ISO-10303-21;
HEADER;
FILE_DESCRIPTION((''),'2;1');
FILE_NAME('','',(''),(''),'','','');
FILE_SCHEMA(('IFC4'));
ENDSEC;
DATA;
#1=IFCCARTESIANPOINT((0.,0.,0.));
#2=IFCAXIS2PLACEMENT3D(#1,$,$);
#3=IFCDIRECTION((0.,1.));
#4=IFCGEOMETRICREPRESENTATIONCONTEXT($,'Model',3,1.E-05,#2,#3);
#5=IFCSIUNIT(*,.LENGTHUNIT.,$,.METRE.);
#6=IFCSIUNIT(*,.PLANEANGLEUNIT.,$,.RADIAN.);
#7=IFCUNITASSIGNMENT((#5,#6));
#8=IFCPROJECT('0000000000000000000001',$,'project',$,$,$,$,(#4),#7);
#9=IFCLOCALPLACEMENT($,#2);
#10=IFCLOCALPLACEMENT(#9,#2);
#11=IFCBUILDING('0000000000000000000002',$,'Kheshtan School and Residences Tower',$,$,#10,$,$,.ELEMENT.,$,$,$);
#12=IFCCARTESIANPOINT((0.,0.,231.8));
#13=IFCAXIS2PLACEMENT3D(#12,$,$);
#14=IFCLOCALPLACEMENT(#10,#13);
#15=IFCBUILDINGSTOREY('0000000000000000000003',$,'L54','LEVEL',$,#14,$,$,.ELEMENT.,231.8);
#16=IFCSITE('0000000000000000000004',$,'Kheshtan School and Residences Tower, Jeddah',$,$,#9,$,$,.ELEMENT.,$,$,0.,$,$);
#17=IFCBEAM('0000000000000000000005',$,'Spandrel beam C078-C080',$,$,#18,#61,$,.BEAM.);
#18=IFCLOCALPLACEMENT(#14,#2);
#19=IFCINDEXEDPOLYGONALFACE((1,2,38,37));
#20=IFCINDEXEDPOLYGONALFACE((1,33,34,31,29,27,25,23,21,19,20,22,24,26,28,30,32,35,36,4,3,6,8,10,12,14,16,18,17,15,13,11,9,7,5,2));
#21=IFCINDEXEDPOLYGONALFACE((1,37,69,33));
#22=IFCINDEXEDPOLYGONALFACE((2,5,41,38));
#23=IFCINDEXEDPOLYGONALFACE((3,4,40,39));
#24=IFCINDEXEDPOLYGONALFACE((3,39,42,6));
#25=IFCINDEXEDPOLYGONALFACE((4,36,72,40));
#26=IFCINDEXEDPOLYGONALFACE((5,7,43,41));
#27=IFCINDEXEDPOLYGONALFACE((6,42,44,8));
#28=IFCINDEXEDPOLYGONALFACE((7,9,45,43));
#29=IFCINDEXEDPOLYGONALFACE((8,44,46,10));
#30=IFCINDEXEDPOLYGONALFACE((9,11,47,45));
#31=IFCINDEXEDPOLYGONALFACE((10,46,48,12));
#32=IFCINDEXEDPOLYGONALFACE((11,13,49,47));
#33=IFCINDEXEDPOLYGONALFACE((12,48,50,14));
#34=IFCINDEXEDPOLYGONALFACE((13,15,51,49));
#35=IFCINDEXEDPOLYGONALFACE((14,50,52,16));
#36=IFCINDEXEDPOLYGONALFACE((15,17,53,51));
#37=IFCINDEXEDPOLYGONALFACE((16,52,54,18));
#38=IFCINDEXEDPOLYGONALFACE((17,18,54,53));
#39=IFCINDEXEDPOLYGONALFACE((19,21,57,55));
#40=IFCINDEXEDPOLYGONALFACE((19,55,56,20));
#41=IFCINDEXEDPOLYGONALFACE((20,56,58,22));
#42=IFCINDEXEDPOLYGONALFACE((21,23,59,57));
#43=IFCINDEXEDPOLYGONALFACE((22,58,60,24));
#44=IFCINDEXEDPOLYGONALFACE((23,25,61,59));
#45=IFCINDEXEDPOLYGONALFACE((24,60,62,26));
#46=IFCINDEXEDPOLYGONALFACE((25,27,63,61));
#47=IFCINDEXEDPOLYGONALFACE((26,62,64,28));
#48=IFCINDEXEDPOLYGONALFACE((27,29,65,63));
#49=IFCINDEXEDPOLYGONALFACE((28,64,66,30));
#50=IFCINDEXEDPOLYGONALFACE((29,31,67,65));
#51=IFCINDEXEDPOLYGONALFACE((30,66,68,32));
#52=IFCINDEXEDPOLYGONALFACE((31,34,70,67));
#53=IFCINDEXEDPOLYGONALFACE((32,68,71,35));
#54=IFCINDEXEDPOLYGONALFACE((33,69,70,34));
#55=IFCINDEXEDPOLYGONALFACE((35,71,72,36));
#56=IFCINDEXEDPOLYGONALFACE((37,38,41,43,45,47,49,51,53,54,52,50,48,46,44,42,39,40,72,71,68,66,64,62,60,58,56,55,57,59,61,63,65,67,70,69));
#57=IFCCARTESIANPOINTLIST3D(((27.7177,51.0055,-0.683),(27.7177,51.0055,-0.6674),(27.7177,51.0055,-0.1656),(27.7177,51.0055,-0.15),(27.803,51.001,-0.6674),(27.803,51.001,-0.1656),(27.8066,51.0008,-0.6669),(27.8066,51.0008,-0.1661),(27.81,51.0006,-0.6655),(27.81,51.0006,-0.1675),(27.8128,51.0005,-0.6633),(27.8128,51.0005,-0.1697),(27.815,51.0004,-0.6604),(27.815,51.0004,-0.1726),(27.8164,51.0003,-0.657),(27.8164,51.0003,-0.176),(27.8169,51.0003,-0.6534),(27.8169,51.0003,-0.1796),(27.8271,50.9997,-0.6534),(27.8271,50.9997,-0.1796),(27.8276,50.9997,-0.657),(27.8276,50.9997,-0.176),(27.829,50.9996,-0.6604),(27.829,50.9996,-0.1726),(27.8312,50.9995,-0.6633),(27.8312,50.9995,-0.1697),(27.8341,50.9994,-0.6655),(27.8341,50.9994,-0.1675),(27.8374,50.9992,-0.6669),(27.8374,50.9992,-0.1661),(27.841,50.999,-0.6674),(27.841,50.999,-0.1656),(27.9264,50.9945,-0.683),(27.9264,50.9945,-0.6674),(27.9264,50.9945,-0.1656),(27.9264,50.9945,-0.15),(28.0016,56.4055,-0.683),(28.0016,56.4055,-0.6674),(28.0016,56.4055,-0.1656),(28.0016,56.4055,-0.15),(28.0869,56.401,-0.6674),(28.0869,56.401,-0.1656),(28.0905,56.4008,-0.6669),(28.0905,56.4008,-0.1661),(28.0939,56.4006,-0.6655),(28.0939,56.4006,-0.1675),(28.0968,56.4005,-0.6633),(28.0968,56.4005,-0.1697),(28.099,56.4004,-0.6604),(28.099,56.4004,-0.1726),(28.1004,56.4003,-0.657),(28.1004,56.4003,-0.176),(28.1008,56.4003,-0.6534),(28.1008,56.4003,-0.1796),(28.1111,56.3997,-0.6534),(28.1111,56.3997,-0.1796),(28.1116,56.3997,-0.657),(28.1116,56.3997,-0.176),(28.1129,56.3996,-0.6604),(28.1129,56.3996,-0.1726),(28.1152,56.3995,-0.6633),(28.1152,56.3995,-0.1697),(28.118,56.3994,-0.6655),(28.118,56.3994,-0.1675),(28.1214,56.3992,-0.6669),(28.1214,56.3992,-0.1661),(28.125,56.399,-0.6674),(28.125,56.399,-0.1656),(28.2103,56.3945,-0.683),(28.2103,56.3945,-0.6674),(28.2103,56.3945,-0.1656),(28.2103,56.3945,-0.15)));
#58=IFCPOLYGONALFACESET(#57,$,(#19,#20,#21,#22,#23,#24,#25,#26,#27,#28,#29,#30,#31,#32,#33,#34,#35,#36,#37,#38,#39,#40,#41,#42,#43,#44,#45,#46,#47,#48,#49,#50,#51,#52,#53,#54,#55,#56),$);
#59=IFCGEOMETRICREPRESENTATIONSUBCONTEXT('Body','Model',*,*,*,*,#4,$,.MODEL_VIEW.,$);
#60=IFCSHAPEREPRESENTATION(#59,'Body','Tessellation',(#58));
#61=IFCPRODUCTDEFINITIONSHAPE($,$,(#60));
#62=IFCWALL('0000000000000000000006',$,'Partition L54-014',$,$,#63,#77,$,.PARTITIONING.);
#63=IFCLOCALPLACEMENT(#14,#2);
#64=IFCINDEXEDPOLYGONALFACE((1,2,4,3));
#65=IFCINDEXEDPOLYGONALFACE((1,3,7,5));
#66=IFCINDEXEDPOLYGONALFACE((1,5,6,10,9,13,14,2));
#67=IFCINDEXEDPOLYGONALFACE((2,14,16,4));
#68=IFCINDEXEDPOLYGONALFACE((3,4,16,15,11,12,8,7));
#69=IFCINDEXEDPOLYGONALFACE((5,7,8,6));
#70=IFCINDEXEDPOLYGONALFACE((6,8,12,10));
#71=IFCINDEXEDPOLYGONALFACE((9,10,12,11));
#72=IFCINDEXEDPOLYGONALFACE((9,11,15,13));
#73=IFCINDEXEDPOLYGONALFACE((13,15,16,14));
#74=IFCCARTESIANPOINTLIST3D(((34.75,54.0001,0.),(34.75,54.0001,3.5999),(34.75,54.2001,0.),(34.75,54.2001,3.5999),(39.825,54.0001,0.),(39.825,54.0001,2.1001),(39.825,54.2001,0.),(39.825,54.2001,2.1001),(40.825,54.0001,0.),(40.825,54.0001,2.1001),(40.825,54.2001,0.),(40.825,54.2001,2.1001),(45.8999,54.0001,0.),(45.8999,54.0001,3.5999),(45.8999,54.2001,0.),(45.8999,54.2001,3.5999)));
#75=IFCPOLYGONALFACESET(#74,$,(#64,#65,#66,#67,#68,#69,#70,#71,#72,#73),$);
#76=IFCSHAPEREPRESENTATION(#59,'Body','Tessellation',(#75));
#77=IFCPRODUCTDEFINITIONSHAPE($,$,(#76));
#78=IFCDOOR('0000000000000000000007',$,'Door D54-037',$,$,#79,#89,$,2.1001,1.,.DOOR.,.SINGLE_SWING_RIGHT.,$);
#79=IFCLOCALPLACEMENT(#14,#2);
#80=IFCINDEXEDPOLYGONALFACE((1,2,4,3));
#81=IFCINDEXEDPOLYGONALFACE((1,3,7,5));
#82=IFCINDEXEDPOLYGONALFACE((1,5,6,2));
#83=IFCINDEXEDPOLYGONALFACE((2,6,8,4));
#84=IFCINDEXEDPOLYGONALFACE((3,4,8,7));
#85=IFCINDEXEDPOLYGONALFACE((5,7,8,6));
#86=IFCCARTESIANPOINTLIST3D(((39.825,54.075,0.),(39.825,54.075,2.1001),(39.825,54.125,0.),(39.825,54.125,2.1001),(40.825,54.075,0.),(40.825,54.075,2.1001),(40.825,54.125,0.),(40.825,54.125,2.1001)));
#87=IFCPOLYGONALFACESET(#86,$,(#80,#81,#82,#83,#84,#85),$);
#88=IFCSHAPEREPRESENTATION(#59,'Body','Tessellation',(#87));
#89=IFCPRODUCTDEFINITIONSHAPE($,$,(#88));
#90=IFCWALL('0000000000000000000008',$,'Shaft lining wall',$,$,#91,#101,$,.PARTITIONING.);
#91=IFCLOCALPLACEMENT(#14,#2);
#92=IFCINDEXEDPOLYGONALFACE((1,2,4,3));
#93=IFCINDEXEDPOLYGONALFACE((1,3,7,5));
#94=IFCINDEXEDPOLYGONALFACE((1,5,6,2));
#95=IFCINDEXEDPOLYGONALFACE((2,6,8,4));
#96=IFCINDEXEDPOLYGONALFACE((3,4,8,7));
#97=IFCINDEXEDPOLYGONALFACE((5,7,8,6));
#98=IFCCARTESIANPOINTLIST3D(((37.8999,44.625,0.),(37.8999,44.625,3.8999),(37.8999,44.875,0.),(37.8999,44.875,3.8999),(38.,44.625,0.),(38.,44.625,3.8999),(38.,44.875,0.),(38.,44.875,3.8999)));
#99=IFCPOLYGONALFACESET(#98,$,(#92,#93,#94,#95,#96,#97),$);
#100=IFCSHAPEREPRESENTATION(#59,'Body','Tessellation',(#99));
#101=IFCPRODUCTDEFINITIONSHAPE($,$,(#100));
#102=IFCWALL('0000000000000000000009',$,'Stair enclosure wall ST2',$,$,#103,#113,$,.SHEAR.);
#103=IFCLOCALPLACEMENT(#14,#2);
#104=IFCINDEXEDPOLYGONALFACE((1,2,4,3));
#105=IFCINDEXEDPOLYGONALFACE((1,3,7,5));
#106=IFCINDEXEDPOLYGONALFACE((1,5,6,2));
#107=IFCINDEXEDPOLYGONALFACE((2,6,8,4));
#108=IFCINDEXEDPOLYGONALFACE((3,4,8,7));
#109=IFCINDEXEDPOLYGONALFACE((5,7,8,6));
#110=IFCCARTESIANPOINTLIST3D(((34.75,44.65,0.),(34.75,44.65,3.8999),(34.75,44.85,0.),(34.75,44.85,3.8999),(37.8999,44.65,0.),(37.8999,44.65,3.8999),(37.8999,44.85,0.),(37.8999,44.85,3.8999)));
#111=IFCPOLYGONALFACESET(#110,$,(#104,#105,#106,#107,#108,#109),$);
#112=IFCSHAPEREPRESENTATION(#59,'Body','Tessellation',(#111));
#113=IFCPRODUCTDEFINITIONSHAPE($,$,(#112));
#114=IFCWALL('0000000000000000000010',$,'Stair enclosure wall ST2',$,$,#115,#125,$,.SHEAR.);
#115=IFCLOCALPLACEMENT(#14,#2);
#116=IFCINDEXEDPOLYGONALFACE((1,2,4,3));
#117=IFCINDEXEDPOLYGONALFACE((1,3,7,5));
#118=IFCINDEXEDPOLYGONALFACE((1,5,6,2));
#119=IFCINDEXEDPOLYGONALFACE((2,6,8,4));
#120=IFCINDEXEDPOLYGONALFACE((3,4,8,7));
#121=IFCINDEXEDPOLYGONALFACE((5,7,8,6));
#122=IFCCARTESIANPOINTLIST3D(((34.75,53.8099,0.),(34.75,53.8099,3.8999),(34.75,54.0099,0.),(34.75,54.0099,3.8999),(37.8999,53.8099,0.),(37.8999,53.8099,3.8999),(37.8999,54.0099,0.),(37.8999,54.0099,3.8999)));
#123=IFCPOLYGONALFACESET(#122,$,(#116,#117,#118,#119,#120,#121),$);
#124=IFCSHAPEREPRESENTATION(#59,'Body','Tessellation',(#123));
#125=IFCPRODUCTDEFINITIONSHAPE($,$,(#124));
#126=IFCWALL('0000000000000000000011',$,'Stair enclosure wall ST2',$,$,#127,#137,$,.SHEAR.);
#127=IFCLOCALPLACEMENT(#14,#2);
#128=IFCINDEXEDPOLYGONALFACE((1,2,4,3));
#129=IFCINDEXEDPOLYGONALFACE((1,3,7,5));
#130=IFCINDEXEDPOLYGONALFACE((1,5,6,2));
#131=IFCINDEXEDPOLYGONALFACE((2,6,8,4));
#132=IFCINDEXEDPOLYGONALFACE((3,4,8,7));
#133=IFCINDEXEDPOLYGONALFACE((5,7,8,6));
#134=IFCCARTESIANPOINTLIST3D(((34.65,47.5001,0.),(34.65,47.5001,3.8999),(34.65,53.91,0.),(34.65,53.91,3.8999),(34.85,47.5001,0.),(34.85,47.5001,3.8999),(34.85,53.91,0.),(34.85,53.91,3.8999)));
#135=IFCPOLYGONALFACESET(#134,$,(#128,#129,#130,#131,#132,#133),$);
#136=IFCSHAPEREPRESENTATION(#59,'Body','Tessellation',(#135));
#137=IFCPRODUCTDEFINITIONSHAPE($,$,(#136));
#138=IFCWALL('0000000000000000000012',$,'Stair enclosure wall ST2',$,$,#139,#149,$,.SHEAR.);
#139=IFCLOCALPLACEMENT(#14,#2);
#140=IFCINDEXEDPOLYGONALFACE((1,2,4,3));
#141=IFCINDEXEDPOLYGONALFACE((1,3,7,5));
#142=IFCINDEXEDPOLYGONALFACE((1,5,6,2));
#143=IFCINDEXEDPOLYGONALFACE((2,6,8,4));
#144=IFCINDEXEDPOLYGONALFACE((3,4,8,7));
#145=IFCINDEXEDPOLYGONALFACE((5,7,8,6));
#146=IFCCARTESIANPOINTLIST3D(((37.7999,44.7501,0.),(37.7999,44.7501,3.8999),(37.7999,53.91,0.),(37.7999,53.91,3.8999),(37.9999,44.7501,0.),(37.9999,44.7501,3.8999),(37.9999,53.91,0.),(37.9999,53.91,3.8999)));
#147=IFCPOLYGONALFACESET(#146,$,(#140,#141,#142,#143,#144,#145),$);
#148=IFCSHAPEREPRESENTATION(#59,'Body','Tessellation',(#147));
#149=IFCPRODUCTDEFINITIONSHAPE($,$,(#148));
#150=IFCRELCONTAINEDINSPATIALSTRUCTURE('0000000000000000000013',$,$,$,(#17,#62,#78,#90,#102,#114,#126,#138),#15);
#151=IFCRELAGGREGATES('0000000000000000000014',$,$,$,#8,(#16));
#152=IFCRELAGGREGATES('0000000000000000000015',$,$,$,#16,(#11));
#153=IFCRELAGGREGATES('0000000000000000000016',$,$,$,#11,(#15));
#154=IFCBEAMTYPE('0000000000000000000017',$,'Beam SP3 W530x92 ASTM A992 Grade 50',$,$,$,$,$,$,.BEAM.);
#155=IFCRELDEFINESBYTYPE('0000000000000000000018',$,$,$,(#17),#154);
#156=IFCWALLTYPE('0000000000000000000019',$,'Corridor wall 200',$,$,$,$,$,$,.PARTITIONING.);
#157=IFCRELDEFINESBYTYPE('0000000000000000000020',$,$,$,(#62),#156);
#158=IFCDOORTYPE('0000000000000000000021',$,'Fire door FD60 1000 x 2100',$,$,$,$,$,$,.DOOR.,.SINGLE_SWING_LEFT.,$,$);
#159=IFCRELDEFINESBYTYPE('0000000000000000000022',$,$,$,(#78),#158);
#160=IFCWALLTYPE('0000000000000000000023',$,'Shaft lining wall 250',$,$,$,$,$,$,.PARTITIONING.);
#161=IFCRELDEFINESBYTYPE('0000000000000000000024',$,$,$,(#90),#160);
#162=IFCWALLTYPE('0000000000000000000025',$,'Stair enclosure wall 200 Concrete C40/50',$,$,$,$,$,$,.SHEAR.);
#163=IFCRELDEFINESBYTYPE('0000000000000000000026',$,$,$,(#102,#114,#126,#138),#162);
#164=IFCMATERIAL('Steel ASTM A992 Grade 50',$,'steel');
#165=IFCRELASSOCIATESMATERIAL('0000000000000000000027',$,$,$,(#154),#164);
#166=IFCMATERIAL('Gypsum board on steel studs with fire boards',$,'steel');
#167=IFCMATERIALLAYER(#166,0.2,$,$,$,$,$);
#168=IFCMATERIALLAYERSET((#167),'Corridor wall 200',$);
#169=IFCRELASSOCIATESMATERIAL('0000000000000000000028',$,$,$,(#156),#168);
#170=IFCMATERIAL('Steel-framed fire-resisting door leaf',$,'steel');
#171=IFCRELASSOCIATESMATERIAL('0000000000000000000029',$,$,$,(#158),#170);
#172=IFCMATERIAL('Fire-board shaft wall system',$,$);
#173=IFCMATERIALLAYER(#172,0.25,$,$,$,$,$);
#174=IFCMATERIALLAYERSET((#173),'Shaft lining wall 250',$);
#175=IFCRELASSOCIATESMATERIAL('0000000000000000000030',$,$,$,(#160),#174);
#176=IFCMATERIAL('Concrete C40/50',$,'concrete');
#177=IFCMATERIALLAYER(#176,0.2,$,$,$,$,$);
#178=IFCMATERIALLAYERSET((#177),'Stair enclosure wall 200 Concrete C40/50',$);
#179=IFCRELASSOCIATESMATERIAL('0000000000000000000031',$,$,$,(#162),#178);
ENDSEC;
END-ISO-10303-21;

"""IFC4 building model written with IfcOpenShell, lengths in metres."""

from ifc_helpers import new_model, si_unit, direction, frame, frame_2d, origin, origin_2d, place, context, subcontext, project, spatial, rectangle, i_section, extrude, source, transform, mapped, material, layer, layer_set, material_profile, profile_set, type_object, element, fill, save


model = new_model("IFC4")

# Units and contexts
model_context = context("Model", 3, precision=1e-05, world=origin(), true_north=direction((0.0, 1.0)))
body_context = subcontext(model_context, "Body", "Model", "MODEL_VIEW")
ifc_project = project(units=[si_unit("LENGTHUNIT", "METRE"), si_unit("PLANEANGLEUNIT", "RADIAN")], contexts=[model_context])

# Site, building, storey
site_placement = place(None, origin())
site = spatial("IfcSite", under=ifc_project, at=site_placement, Name="Kheshtan School and Residences Tower, Jeddah", CompositionType="ELEMENT", RefElevation=0.0)
building_placement = place(site_placement, origin())
building = spatial("IfcBuilding", under=site, at=building_placement, Name="Kheshtan School and Residences Tower", CompositionType="ELEMENT")
storey_placement = place(building_placement, frame((0.0, 0.0, 231.8)))
storey = spatial("IfcBuildingStorey", under=building, at=storey_placement, Name="L54", Description="LEVEL", CompositionType="ELEMENT", Elevation=231.8)

# Shared definitions
ifc_material_1 = material(Name="Steel ASTM A992 Grade 50", Category="steel")

# Beam
ifc_material_profile_1 = material_profile(ifc_material_1, i_section(OverallWidth=0.209, OverallDepth=0.533, WebThickness=0.0103, FlangeThickness=0.0156, FilletRadius=0.0139, at=origin_2d()), Name="W530x92")
ifc_profile_set_1 = profile_set([ifc_material_profile_1], Name="Steel ASTM A992 Grade 50")
beam_type = type_object("IfcBeamType", Name="Beam SP3 W530x92 ASTM A992 Grade 50", PredefinedType="BEAM", material=ifc_profile_set_1)
for number, where, z_axis, x_axis, name in (
    (1, (27.822, 51.0, -0.4165), (0.052509, 0.99862, 0.0), (-0.99862, 0.052509, 0.0), "Spandrel beam C078-C080"),
):
    element("IfcBeam", number, at=place(storey_placement, frame(where, z_axis=z_axis, x_axis=x_axis)), inside=storey, type_object=beam_type, Name=name, PredefinedType="BEAM", context=body_context, shape_type="SweptSolid", body=[
        extrude(i_section(OverallWidth=0.209, OverallDepth=0.533, WebThickness=0.0103, FlangeThickness=0.0156, FilletRadius=0.0139, at=origin_2d()), origin(), (0.0, 0.0, 1.0), 5.4075),
    ])

# Wall, opening, door
ifc_material_2 = material(Name="Gypsum board on steel studs with fire boards", Category="steel")
ifc_layer_1 = layer(ifc_material_2, 0.2)
ifc_layer_set_1 = layer_set([ifc_layer_1], Name="Corridor wall 200")
wall_type_1 = type_object("IfcWallType", Name="Corridor wall 200", PredefinedType="PARTITIONING", material=ifc_layer_set_1)
wall_1_placement = place(storey_placement, frame((34.75, 54.1001, 0.0), z_axis=(0.0, 0.0, 1.0), x_axis=(1.0, 0.0, 0.0)))
wall_1 = element("IfcWall", 2, at=wall_1_placement, inside=storey, type_object=wall_type_1, Name="Partition L54-014", PredefinedType="PARTITIONING", context=body_context, shape_type="SweptSolid", body=[
    extrude(rectangle(XDim=11.1499, YDim=0.2, at=frame_2d((5.575, 0.0))), origin(), (0.0, 0.0, 1.0), 3.5999),
])
opening_1_placement = place(wall_1_placement, frame((5.075, 0.0, 0.0)))
opening_1 = element("IfcOpeningElement", 3, at=opening_1_placement, cuts=wall_1, PredefinedType="OPENING", context=body_context, shape_type="SweptSolid", body=[
    extrude(rectangle(XDim=1.0, YDim=2.1001, at=frame_2d((0.5, 1.05))), frame((0.0, 0.1099, 0.0), z_axis=(0.0, -1.0, 0.0), x_axis=(1.0, 0.0, 0.0)), (0.0, 0.0, 1.0), 0.22),
])
ifc_material_3 = material(Name="Steel-framed fire-resisting door leaf", Category="steel")
door_type_1 = type_object("IfcDoorType", Name="Fire door FD60 1000 x 2100", OperationType="SINGLE_SWING_LEFT", PredefinedType="DOOR", material=ifc_material_3)
shared_shape_1 = source(origin(), body_context, "Body", "SweptSolid", [
    extrude(rectangle(XDim=1.0, YDim=2.1001, at=frame_2d((0.5, 1.05))), frame((0.0, 0.0249, 0.0), z_axis=(0.0, -1.0, 0.0), x_axis=(1.0, 0.0, 0.0)), (0.0, 0.0, 1.0), 0.05),
])
door_1_placement = place(opening_1_placement, origin())
door_1 = element("IfcDoor", 4, at=door_1_placement, inside=storey, type_object=door_type_1, Name="Door D54-037", OperationType="SINGLE_SWING_RIGHT", OverallHeight=2.1001, OverallWidth=1.0, PredefinedType="DOOR", context=body_context, shape_type="MappedRepresentation", body=[
    mapped(shared_shape_1, transform((0.0, 0.0, 0.0), x_axis=(1.0, 0.0, 0.0), y_axis=(0.0, 1.0, 0.0), z_axis=(0.0, 0.0, 1.0), scale=1.0)),
])
fill(opening_1, door_1)

# Walls
ifc_material_4 = material(Name="Fire-board shaft wall system")
ifc_layer_2 = layer(ifc_material_4, 0.25)
ifc_layer_set_2 = layer_set([ifc_layer_2], Name="Shaft lining wall 250")
wall_type_2 = type_object("IfcWallType", Name="Shaft lining wall 250", PredefinedType="PARTITIONING", material=ifc_layer_set_2)
wall_2_placement = place(storey_placement, frame((37.8999, 44.75, 0.0), z_axis=(0.0, 0.0, 1.0), x_axis=(1.0, 0.0, 0.0)))
element("IfcWall", 5, at=wall_2_placement, inside=storey, type_object=wall_type_2, Name="Shaft lining wall", PredefinedType="PARTITIONING", context=body_context, shape_type="SweptSolid", body=[
    extrude(rectangle(XDim=0.1001, YDim=0.25, at=frame_2d((0.05, 0.0))), origin(), (0.0, 0.0, 1.0), 3.8999),
])
ifc_material_5 = material(Name="Concrete C40/50", Category="concrete")
ifc_layer_3 = layer(ifc_material_5, 0.2)
ifc_layer_set_3 = layer_set([ifc_layer_3], Name="Stair enclosure wall 200 Concrete C40/50")
wall_type_3 = type_object("IfcWallType", Name="Stair enclosure wall 200 Concrete C40/50", PredefinedType="SHEAR", material=ifc_layer_set_3)
for number, where, z_axis, x_axis, name in (
    (6, (34.75, 44.75, 0.0), (0.0, 0.0, 1.0), (1.0, 0.0, 0.0), "Stair enclosure wall ST2"),
    (7, (34.75, 53.9099, 0.0), (0.0, 0.0, 1.0), (1.0, 0.0, 0.0), "Stair enclosure wall ST2"),
):
    element("IfcWall", number, at=place(storey_placement, frame(where, z_axis=z_axis, x_axis=x_axis)), inside=storey, type_object=wall_type_3, Name=name, PredefinedType="SHEAR", context=body_context, shape_type="SweptSolid", body=[
        extrude(rectangle(XDim=3.1499, YDim=0.2, at=frame_2d((1.575, 0.0))), origin(), (0.0, 0.0, 1.0), 3.8999),
    ])
wall_3_placement = place(storey_placement, frame((34.75, 47.5, 0.0), z_axis=(0.0, 0.0, 1.0), x_axis=(0.0, 1.0, 0.0)))
element("IfcWall", 8, at=wall_3_placement, inside=storey, type_object=wall_type_3, Name="Stair enclosure wall ST2", PredefinedType="SHEAR", context=body_context, shape_type="SweptSolid", body=[
    extrude(rectangle(XDim=6.4099, YDim=0.2, at=frame_2d((3.2051, 0.0))), origin(), (0.0, 0.0, 1.0), 3.8999),
])
wall_4_placement = place(storey_placement, frame((37.8999, 44.75, 0.0), z_axis=(0.0, 0.0, 1.0), x_axis=(0.0, 1.0, 0.0)))
element("IfcWall", 9, at=wall_4_placement, inside=storey, type_object=wall_type_3, Name="Stair enclosure wall ST2", PredefinedType="SHEAR", context=body_context, shape_type="SweptSolid", body=[
    extrude(rectangle(XDim=9.1599, YDim=0.2, at=frame_2d((4.5801, 0.0))), origin(), (0.0, 0.0, 1.0), 3.8999),
])

save(model, "model.ifc")
